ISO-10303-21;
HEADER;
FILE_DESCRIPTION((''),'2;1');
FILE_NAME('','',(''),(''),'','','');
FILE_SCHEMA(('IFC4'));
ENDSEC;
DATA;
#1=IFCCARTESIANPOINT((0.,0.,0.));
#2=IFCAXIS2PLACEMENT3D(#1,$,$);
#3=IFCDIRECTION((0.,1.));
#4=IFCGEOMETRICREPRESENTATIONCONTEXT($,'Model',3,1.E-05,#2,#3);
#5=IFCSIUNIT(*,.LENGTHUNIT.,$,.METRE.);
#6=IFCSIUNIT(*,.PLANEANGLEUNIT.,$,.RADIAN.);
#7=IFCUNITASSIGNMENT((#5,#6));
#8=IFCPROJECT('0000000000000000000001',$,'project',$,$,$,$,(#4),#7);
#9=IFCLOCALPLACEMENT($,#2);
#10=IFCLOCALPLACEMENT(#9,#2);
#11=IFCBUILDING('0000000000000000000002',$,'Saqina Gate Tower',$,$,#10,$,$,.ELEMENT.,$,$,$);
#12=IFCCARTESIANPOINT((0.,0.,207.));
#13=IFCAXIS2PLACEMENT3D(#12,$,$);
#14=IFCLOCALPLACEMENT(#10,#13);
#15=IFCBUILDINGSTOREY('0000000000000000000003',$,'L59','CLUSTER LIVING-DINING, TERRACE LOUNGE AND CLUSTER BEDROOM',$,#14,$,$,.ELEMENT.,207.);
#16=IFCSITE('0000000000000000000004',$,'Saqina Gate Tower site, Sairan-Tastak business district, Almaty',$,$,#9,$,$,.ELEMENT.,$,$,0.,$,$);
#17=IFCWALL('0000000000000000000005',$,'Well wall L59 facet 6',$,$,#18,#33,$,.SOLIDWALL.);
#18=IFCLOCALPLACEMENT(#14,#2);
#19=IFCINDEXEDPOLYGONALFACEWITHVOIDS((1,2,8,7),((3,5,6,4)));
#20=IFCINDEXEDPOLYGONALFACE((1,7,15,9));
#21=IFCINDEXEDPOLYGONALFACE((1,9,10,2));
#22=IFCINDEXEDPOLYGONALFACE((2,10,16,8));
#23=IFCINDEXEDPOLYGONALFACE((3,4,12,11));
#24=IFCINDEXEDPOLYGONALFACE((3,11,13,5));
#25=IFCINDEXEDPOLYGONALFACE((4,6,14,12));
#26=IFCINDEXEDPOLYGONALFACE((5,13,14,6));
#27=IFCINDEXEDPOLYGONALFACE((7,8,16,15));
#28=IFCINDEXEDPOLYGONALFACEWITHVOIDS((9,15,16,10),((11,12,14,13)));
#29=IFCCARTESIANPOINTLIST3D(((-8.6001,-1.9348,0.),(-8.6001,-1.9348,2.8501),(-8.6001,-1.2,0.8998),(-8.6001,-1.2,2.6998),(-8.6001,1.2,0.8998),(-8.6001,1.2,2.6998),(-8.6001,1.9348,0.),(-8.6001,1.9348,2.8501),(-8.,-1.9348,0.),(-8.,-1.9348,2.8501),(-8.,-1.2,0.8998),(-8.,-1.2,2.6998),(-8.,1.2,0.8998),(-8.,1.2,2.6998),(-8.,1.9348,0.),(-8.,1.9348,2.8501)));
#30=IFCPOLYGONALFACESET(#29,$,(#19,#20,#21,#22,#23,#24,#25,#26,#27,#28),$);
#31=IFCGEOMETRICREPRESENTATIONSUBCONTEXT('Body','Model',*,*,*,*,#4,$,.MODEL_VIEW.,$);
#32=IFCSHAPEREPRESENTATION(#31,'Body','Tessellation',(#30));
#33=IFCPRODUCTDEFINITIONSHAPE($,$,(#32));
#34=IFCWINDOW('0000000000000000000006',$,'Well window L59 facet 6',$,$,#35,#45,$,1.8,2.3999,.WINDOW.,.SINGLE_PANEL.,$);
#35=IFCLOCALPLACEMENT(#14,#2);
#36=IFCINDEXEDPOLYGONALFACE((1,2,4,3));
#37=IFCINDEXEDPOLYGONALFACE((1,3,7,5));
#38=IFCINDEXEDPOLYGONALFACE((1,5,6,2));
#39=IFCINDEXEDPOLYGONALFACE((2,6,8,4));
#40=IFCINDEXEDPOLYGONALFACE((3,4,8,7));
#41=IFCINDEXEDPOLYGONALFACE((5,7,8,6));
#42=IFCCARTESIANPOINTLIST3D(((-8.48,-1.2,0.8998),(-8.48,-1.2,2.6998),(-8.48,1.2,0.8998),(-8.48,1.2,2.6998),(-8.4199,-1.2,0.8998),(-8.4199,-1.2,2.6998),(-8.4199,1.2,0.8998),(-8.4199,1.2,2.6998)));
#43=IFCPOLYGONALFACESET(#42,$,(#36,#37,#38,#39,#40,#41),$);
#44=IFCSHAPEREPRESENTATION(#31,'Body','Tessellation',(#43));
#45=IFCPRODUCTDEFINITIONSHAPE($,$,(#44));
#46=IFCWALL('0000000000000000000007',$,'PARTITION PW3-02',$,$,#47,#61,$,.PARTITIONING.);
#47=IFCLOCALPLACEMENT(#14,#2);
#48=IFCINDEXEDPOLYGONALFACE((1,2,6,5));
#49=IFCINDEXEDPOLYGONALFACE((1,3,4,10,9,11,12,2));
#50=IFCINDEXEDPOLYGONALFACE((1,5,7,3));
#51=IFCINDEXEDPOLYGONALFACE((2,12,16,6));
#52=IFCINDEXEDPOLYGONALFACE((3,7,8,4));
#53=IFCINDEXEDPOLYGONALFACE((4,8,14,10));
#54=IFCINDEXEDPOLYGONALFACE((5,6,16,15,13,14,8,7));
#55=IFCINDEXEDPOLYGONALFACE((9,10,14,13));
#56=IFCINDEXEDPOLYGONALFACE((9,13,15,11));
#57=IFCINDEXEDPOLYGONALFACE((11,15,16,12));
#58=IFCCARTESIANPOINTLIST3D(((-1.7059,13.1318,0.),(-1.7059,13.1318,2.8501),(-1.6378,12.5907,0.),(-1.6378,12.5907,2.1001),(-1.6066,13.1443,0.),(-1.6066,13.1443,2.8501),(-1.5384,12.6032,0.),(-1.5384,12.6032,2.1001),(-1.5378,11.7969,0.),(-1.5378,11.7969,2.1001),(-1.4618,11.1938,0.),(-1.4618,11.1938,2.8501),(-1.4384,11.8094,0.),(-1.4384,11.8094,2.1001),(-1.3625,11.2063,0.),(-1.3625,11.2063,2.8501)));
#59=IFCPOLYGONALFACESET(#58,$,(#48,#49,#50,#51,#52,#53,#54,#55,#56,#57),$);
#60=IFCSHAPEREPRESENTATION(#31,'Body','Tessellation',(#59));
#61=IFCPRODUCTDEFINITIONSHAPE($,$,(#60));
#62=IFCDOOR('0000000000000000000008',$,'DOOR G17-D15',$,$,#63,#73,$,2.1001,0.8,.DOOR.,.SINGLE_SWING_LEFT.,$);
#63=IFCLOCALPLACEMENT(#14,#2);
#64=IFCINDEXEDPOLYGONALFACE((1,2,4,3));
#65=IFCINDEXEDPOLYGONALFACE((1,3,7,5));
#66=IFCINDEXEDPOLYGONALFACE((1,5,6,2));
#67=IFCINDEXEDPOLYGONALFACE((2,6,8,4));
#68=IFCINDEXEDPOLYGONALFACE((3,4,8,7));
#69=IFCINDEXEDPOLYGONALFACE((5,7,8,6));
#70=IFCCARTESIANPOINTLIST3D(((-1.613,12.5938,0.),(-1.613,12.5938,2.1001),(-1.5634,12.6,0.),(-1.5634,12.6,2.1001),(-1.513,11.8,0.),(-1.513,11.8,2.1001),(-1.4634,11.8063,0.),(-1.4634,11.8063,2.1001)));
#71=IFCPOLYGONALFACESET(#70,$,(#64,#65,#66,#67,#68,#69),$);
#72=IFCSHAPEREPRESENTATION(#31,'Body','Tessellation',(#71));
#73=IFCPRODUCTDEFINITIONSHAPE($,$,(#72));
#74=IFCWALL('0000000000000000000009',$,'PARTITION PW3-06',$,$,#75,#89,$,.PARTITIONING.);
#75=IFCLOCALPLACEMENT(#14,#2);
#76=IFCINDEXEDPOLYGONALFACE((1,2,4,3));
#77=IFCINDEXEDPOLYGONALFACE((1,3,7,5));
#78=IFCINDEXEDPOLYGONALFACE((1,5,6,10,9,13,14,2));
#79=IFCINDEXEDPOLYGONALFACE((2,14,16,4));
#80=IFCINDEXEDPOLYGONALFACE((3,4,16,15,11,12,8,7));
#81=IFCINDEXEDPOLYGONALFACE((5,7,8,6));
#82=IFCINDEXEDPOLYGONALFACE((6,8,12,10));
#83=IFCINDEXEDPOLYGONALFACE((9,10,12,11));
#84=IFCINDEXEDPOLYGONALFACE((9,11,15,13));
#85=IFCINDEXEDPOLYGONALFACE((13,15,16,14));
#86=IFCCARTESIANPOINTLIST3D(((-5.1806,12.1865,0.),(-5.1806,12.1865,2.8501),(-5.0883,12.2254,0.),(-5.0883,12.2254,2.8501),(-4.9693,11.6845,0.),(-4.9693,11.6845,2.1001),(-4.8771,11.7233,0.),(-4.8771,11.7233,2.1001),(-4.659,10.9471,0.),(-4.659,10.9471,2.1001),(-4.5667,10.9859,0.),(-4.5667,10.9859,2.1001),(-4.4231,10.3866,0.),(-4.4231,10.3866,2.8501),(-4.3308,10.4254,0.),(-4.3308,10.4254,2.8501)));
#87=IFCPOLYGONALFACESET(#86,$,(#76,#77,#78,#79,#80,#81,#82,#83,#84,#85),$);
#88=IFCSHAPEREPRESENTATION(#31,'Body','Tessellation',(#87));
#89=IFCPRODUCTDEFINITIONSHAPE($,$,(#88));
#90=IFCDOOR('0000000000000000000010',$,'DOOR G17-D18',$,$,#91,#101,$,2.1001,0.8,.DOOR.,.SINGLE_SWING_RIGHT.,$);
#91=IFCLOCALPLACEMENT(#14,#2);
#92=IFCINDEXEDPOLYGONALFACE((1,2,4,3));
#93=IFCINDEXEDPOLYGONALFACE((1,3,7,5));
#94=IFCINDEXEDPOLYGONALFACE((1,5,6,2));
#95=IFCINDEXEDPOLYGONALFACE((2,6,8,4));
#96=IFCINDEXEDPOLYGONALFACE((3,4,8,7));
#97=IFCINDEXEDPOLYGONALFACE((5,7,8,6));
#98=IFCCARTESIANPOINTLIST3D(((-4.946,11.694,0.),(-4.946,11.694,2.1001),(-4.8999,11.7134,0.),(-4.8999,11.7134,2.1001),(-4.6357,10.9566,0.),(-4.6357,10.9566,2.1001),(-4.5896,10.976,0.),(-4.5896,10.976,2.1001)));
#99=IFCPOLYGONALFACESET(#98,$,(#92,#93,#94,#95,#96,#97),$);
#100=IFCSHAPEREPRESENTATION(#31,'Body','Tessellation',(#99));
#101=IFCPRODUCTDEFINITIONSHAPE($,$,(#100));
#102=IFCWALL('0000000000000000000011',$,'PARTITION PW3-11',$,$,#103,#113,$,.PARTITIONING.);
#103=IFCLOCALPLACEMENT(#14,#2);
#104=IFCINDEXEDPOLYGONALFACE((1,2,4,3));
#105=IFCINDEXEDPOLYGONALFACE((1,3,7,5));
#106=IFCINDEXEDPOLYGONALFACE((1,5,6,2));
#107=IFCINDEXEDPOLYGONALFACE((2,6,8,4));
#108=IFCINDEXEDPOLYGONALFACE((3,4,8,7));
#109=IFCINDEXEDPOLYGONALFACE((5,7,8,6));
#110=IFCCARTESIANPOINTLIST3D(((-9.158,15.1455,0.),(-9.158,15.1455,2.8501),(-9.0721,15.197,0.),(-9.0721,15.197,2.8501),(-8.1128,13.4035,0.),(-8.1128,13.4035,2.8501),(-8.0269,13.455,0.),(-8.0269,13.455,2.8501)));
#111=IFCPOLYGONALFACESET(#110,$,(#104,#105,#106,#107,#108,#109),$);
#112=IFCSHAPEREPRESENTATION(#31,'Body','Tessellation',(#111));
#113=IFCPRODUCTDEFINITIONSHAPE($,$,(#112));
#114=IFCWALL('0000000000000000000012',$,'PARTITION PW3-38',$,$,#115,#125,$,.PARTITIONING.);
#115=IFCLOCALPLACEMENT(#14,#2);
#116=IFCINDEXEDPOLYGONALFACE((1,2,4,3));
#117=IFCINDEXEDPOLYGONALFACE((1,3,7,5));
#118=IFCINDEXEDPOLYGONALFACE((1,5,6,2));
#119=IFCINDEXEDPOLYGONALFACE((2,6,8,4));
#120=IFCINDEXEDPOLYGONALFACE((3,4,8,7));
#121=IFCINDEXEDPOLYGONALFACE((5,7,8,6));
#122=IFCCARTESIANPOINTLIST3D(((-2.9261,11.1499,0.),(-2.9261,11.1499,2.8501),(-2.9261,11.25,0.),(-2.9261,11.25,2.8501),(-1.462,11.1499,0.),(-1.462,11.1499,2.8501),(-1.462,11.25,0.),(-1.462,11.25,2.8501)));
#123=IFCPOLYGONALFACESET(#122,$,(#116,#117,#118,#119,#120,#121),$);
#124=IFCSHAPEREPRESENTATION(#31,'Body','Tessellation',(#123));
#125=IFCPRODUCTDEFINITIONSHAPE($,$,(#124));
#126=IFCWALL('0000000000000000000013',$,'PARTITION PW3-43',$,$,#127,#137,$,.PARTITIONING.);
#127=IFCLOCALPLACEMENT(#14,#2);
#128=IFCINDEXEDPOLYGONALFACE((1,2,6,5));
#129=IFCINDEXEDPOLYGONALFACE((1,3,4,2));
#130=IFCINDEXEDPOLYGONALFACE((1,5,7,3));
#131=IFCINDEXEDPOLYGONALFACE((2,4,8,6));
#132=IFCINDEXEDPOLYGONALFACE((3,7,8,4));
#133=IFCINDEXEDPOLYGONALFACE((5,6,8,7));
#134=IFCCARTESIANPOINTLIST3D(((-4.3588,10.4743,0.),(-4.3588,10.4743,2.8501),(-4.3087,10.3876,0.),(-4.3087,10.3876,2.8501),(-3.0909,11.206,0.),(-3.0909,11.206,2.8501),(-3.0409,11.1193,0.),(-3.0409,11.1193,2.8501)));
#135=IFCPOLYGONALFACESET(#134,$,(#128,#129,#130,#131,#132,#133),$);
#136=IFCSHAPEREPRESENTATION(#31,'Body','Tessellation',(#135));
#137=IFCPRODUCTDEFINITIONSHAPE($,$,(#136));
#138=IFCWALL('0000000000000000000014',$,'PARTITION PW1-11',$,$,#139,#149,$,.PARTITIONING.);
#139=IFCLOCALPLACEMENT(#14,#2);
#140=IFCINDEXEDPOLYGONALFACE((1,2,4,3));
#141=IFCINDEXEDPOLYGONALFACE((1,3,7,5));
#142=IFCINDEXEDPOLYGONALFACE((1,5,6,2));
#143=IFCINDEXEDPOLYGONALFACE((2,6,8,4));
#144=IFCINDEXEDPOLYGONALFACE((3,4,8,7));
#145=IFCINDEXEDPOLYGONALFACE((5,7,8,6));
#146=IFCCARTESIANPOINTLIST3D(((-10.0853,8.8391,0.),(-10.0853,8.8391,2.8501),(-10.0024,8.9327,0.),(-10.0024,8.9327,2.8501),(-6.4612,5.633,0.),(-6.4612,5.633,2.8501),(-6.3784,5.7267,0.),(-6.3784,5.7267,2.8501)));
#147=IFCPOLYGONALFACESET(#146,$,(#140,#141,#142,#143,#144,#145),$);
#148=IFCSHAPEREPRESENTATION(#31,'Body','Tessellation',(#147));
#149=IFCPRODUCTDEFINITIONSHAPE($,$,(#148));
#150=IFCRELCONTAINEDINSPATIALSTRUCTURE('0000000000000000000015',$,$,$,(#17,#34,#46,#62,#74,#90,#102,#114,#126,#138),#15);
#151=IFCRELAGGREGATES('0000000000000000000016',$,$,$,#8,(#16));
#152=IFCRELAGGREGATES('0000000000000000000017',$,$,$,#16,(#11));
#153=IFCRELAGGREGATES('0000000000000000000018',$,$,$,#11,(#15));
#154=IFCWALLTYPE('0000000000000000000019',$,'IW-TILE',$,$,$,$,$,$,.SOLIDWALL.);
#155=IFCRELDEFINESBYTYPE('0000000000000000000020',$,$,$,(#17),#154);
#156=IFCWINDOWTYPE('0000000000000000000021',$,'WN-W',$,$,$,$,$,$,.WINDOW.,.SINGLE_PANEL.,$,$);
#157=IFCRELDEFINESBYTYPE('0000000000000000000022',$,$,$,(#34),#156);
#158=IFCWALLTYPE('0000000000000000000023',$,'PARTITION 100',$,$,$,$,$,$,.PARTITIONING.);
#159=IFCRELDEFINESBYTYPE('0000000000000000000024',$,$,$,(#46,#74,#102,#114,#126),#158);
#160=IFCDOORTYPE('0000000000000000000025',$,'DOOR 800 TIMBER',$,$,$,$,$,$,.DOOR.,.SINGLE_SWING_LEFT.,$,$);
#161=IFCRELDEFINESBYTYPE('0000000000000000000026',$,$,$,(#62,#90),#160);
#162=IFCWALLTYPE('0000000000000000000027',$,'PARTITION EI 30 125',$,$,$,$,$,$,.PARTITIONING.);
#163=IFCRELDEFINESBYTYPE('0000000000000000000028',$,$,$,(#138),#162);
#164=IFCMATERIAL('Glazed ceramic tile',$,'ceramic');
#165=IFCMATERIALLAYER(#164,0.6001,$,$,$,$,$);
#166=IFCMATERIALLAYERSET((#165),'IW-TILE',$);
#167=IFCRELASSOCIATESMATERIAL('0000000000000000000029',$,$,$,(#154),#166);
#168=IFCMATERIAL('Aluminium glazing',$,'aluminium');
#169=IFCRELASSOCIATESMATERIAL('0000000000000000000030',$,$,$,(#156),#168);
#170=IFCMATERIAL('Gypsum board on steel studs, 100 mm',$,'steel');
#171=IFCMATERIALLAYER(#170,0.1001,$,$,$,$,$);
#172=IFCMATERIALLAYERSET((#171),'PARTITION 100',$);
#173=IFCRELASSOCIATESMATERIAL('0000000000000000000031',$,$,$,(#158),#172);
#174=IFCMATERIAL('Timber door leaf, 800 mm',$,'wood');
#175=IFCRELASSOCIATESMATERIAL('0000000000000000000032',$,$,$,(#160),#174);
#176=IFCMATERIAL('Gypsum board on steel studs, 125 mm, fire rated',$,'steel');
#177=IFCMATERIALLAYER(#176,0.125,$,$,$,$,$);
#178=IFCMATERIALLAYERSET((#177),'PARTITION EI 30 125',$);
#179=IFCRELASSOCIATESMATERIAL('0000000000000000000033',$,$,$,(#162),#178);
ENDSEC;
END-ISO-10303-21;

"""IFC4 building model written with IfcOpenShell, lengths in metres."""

from ifc_helpers import new_model, si_unit, direction, frame, frame_2d, origin, place, context, subcontext, project, spatial, rectangle, extrude, material, layer, layer_set, type_object, element, fill, save


model = new_model("IFC4")

# Units and contexts
model_context = context("Model", 3, precision=1e-05, world=origin(), true_north=direction((0.0, 1.0)))
body_context = subcontext(model_context, "Body", "Model", "MODEL_VIEW")
ifc_project = project(units=[si_unit("LENGTHUNIT", "METRE"), si_unit("PLANEANGLEUNIT", "RADIAN")], contexts=[model_context])

# Site, building, storey
site_placement = place(None, origin())
site = spatial("IfcSite", under=ifc_project, at=site_placement, Name="Saqina Gate Tower site, Sairan-Tastak business district, Almaty", CompositionType="ELEMENT", RefElevation=0.0)
building_placement = place(site_placement, origin())
building = spatial("IfcBuilding", under=site, at=building_placement, Name="Saqina Gate Tower", CompositionType="ELEMENT")
storey_placement = place(building_placement, frame((0.0, 0.0, 207.0)))
storey = spatial("IfcBuildingStorey", under=building, at=storey_placement, Name="L59", Description="CLUSTER LIVING-DINING, TERRACE LOUNGE AND CLUSTER BEDROOM", CompositionType="ELEMENT", Elevation=207.0)

# Wall, opening, window
ifc_material_1 = material(Name="Glazed ceramic tile", Category="ceramic")
ifc_layer_1 = layer(ifc_material_1, 0.6001)
ifc_layer_set_1 = layer_set([ifc_layer_1], Name="IW-TILE")
wall_type_1 = type_object("IfcWallType", Name="IW-TILE", PredefinedType="SOLIDWALL", material=ifc_layer_set_1)
ifc_material_2 = material(Name="Aluminium glazing", Category="aluminium")
window_type = type_object("IfcWindowType", Name="WN-W", PartitioningType="SINGLE_PANEL", PredefinedType="WINDOW", material=ifc_material_2)
wall_1_placement = place(storey_placement, frame((-8.3, 1.9348, 0.0), z_axis=(0.0, 0.0, 1.0), x_axis=(0.0, -1.0, 0.0)))
wall_1 = element("IfcWall", 1, at=wall_1_placement, inside=storey, type_object=wall_type_1, Name="Well wall L59 facet 6", PredefinedType="SOLIDWALL", context=body_context, shape_type="SweptSolid", body=[
    extrude(rectangle(XDim=3.8696, YDim=0.6001, at=frame_2d((1.9348, 0.0))), origin(), (0.0, 0.0, 1.0), 2.8501),
])
opening_1_placement = place(wall_1_placement, frame((0.7349, 0.0, 0.8999)))
opening_1 = element("IfcOpeningElement", 2, at=opening_1_placement, cuts=wall_1, PredefinedType="OPENING", context=body_context, shape_type="SweptSolid", body=[
    extrude(rectangle(XDim=2.3999, YDim=1.8, at=frame_2d((1.2, 0.8999))), frame((0.0, 0.312, 0.0), z_axis=(0.0, -1.0, 0.0), x_axis=(1.0, 0.0, 0.0)), (0.0, 0.0, 1.0), 0.624),
])
window_1_placement = place(opening_1_placement, origin())
window_1 = element("IfcWindow", 3, at=window_1_placement, inside=storey, type_object=window_type, Name="Well window L59 facet 6", OverallHeight=1.8, OverallWidth=2.3999, PartitioningType="SINGLE_PANEL", PredefinedType="WINDOW", context=body_context, shape_type="SweptSolid", body=[
    extrude(rectangle(XDim=2.3999, YDim=1.8, at=frame_2d((1.2, 0.8999))), frame((0.0, -0.1199, 0.0), z_axis=(0.0, -1.0, 0.0), x_axis=(1.0, 0.0, 0.0)), (0.0, 0.0, 1.0), 0.0601),
])
fill(opening_1, window_1)

# Walls, openings, doors
ifc_material_3 = material(Name="Gypsum board on steel studs, 100 mm", Category="steel")
ifc_layer_2 = layer(ifc_material_3, 0.1001)
ifc_layer_set_2 = layer_set([ifc_layer_2], Name="PARTITION 100")
wall_type_2 = type_object("IfcWallType", Name="PARTITION 100", PredefinedType="PARTITIONING", material=ifc_layer_set_2)
wall_2_placement = place(storey_placement, frame((-1.6562, 13.1379, 0.0), z_axis=(0.0, 0.0, 1.0), x_axis=(0.124988, -0.992158, 0.0)))
wall_2 = element("IfcWall", 4, at=wall_2_placement, inside=storey, type_object=wall_type_2, Name="PARTITION PW3-02", PredefinedType="PARTITIONING", context=body_context, shape_type="SweptSolid", body=[
    extrude(rectangle(XDim=1.9534, YDim=0.1001, at=frame_2d((0.9766, 0.0))), origin(), (0.0, 0.0, 1.0), 2.8501),
])
opening_2_placement = place(wall_2_placement, frame((0.5454, 0.0, 0.0)))
opening_2 = element("IfcOpeningElement", 5, at=opening_2_placement, cuts=wall_2, PredefinedType="OPENING", context=body_context, shape_type="SweptSolid", body=[
    extrude(rectangle(XDim=0.8, YDim=2.1001, at=frame_2d((0.3999, 1.05))), frame((0.0, 0.062, 0.0), z_axis=(0.0, -1.0, 0.0), x_axis=(1.0, 0.0, 0.0)), (0.0, 0.0, 1.0), 0.124),
])
ifc_material_4 = material(Name="Timber door leaf, 800 mm", Category="wood")
door_type_1 = type_object("IfcDoorType", Name="DOOR 800 TIMBER", OperationType="SINGLE_SWING_LEFT", PredefinedType="DOOR", material=ifc_material_4)
door_1_placement = place(opening_2_placement, origin())
door_1 = element("IfcDoor", 6, at=door_1_placement, inside=storey, type_object=door_type_1, Name="DOOR G17-D15", OperationType="SINGLE_SWING_LEFT", OverallHeight=2.1001, OverallWidth=0.8, PredefinedType="DOOR", context=body_context, shape_type="SweptSolid", body=[
    extrude(rectangle(XDim=0.8, YDim=2.1001, at=frame_2d((0.3999, 1.05))), frame((0.0, 0.0249, 0.0), z_axis=(0.0, -1.0, 0.0), x_axis=(1.0, 0.0, 0.0)), (0.0, 0.0, 1.0), 0.05),
])
fill(opening_2, door_1)
wall_3_placement = place(storey_placement, frame((-5.1345, 12.2061, 0.0), z_axis=(0.0, 0.0, 1.0), x_axis=(0.387906, -0.921699, 0.0)))
wall_3 = element("IfcWall", 7, at=wall_3_placement, inside=storey, type_object=wall_type_2, Name="PARTITION PW3-06", PredefinedType="PARTITIONING", context=body_context, shape_type="SweptSolid", body=[
    extrude(rectangle(XDim=1.9529, YDim=0.1001, at=frame_2d((0.9766, 0.0))), origin(), (0.0, 0.0, 1.0), 2.8501),
])
opening_3_placement = place(wall_3_placement, frame((0.5449, 0.0, 0.0)))
opening_3 = element("IfcOpeningElement", 8, at=opening_3_placement, cuts=wall_3, PredefinedType="OPENING", context=body_context, shape_type="SweptSolid", body=[
    extrude(rectangle(XDim=0.8, YDim=2.1001, at=frame_2d((0.3999, 1.05))), frame((0.0, 0.062, 0.0), z_axis=(0.0, -1.0, 0.0), x_axis=(1.0, 0.0, 0.0)), (0.0, 0.0, 1.0), 0.124),
])
door_2_placement = place(opening_3_placement, frame((0.8, 0.0, 0.0), z_axis=(0.0, 0.0, 1.0), x_axis=(-1.0, 0.0, 0.0)))
door_2 = element("IfcDoor", 9, at=door_2_placement, inside=storey, type_object=door_type_1, Name="DOOR G17-D18", OperationType="SINGLE_SWING_RIGHT", OverallHeight=2.1001, OverallWidth=0.8, PredefinedType="DOOR", context=body_context, shape_type="SweptSolid", body=[
    extrude(rectangle(XDim=0.8, YDim=2.1001, at=frame_2d((0.3999, 1.05))), frame((0.0, 0.0249, 0.0), z_axis=(0.0, -1.0, 0.0), x_axis=(1.0, 0.0, 0.0)), (0.0, 0.0, 1.0), 0.05),
])
fill(opening_3, door_2)

# Walls
wall_4_placement = place(storey_placement, frame((-9.115, 15.1711, 0.0), z_axis=(0.0, 0.0, 1.0), x_axis=(0.514496, -0.857493, 0.0)))
element("IfcWall", 10, at=wall_4_placement, inside=storey, type_object=wall_type_2, Name="PARTITION PW3-11", PredefinedType="PARTITIONING", context=body_context, shape_type="SweptSolid", body=[
    extrude(rectangle(XDim=2.0315, YDim=0.1001, at=frame_2d((1.0156, 0.0))), origin(), (0.0, 0.0, 1.0), 2.8501),
])
wall_5_placement = place(storey_placement, frame((-2.926, 11.2, 0.0), z_axis=(0.0, 0.0, 1.0), x_axis=(1.0, 0.0, 0.0)))
element("IfcWall", 11, at=wall_5_placement, inside=storey, type_object=wall_type_2, Name="PARTITION PW3-38", PredefinedType="PARTITIONING", context=body_context, shape_type="SweptSolid", body=[
    extrude(rectangle(XDim=1.4641, YDim=0.1001, at=frame_2d((0.7319, 0.0))), origin(), (0.0, 0.0, 1.0), 2.8501),
])
wall_6_placement = place(storey_placement, frame((-4.3337, 10.4309, 0.0), z_axis=(0.0, 0.0, 1.0), x_axis=(0.866111, 0.499852, 0.0)))
element("IfcWall", 12, at=wall_6_placement, inside=storey, type_object=wall_type_2, Name="PARTITION PW3-43", PredefinedType="PARTITIONING", context=body_context, shape_type="SweptSolid", body=[
    extrude(rectangle(XDim=1.4639, YDim=0.1001, at=frame_2d((0.7319, 0.0))), origin(), (0.0, 0.0, 1.0), 2.8501),
])
ifc_material_5 = material(Name="Gypsum board on steel studs, 125 mm, fire rated", Category="steel")
ifc_layer_3 = layer(ifc_material_5, 0.125)
ifc_layer_set_3 = layer_set([ifc_layer_3], Name="PARTITION EI 30 125")
wall_type_3 = type_object("IfcWallType", Name="PARTITION EI 30 125", PredefinedType="PARTITIONING", material=ifc_layer_set_3)
wall_7_placement = place(storey_placement, frame((-10.0439, 8.886, 0.0), z_axis=(0.0, 0.0, 1.0), x_axis=(0.748977, -0.662596, 0.0)))
element("IfcWall", 13, at=wall_7_placement, inside=storey, type_object=wall_type_3, Name="PARTITION PW1-11", PredefinedType="PARTITIONING", context=body_context, shape_type="SweptSolid", body=[
    extrude(rectangle(XDim=4.8386, YDim=0.125, at=frame_2d((2.4194, 0.0))), origin(), (0.0, 0.0, 1.0), 2.8501),
])

save(model, "model.ifc")
